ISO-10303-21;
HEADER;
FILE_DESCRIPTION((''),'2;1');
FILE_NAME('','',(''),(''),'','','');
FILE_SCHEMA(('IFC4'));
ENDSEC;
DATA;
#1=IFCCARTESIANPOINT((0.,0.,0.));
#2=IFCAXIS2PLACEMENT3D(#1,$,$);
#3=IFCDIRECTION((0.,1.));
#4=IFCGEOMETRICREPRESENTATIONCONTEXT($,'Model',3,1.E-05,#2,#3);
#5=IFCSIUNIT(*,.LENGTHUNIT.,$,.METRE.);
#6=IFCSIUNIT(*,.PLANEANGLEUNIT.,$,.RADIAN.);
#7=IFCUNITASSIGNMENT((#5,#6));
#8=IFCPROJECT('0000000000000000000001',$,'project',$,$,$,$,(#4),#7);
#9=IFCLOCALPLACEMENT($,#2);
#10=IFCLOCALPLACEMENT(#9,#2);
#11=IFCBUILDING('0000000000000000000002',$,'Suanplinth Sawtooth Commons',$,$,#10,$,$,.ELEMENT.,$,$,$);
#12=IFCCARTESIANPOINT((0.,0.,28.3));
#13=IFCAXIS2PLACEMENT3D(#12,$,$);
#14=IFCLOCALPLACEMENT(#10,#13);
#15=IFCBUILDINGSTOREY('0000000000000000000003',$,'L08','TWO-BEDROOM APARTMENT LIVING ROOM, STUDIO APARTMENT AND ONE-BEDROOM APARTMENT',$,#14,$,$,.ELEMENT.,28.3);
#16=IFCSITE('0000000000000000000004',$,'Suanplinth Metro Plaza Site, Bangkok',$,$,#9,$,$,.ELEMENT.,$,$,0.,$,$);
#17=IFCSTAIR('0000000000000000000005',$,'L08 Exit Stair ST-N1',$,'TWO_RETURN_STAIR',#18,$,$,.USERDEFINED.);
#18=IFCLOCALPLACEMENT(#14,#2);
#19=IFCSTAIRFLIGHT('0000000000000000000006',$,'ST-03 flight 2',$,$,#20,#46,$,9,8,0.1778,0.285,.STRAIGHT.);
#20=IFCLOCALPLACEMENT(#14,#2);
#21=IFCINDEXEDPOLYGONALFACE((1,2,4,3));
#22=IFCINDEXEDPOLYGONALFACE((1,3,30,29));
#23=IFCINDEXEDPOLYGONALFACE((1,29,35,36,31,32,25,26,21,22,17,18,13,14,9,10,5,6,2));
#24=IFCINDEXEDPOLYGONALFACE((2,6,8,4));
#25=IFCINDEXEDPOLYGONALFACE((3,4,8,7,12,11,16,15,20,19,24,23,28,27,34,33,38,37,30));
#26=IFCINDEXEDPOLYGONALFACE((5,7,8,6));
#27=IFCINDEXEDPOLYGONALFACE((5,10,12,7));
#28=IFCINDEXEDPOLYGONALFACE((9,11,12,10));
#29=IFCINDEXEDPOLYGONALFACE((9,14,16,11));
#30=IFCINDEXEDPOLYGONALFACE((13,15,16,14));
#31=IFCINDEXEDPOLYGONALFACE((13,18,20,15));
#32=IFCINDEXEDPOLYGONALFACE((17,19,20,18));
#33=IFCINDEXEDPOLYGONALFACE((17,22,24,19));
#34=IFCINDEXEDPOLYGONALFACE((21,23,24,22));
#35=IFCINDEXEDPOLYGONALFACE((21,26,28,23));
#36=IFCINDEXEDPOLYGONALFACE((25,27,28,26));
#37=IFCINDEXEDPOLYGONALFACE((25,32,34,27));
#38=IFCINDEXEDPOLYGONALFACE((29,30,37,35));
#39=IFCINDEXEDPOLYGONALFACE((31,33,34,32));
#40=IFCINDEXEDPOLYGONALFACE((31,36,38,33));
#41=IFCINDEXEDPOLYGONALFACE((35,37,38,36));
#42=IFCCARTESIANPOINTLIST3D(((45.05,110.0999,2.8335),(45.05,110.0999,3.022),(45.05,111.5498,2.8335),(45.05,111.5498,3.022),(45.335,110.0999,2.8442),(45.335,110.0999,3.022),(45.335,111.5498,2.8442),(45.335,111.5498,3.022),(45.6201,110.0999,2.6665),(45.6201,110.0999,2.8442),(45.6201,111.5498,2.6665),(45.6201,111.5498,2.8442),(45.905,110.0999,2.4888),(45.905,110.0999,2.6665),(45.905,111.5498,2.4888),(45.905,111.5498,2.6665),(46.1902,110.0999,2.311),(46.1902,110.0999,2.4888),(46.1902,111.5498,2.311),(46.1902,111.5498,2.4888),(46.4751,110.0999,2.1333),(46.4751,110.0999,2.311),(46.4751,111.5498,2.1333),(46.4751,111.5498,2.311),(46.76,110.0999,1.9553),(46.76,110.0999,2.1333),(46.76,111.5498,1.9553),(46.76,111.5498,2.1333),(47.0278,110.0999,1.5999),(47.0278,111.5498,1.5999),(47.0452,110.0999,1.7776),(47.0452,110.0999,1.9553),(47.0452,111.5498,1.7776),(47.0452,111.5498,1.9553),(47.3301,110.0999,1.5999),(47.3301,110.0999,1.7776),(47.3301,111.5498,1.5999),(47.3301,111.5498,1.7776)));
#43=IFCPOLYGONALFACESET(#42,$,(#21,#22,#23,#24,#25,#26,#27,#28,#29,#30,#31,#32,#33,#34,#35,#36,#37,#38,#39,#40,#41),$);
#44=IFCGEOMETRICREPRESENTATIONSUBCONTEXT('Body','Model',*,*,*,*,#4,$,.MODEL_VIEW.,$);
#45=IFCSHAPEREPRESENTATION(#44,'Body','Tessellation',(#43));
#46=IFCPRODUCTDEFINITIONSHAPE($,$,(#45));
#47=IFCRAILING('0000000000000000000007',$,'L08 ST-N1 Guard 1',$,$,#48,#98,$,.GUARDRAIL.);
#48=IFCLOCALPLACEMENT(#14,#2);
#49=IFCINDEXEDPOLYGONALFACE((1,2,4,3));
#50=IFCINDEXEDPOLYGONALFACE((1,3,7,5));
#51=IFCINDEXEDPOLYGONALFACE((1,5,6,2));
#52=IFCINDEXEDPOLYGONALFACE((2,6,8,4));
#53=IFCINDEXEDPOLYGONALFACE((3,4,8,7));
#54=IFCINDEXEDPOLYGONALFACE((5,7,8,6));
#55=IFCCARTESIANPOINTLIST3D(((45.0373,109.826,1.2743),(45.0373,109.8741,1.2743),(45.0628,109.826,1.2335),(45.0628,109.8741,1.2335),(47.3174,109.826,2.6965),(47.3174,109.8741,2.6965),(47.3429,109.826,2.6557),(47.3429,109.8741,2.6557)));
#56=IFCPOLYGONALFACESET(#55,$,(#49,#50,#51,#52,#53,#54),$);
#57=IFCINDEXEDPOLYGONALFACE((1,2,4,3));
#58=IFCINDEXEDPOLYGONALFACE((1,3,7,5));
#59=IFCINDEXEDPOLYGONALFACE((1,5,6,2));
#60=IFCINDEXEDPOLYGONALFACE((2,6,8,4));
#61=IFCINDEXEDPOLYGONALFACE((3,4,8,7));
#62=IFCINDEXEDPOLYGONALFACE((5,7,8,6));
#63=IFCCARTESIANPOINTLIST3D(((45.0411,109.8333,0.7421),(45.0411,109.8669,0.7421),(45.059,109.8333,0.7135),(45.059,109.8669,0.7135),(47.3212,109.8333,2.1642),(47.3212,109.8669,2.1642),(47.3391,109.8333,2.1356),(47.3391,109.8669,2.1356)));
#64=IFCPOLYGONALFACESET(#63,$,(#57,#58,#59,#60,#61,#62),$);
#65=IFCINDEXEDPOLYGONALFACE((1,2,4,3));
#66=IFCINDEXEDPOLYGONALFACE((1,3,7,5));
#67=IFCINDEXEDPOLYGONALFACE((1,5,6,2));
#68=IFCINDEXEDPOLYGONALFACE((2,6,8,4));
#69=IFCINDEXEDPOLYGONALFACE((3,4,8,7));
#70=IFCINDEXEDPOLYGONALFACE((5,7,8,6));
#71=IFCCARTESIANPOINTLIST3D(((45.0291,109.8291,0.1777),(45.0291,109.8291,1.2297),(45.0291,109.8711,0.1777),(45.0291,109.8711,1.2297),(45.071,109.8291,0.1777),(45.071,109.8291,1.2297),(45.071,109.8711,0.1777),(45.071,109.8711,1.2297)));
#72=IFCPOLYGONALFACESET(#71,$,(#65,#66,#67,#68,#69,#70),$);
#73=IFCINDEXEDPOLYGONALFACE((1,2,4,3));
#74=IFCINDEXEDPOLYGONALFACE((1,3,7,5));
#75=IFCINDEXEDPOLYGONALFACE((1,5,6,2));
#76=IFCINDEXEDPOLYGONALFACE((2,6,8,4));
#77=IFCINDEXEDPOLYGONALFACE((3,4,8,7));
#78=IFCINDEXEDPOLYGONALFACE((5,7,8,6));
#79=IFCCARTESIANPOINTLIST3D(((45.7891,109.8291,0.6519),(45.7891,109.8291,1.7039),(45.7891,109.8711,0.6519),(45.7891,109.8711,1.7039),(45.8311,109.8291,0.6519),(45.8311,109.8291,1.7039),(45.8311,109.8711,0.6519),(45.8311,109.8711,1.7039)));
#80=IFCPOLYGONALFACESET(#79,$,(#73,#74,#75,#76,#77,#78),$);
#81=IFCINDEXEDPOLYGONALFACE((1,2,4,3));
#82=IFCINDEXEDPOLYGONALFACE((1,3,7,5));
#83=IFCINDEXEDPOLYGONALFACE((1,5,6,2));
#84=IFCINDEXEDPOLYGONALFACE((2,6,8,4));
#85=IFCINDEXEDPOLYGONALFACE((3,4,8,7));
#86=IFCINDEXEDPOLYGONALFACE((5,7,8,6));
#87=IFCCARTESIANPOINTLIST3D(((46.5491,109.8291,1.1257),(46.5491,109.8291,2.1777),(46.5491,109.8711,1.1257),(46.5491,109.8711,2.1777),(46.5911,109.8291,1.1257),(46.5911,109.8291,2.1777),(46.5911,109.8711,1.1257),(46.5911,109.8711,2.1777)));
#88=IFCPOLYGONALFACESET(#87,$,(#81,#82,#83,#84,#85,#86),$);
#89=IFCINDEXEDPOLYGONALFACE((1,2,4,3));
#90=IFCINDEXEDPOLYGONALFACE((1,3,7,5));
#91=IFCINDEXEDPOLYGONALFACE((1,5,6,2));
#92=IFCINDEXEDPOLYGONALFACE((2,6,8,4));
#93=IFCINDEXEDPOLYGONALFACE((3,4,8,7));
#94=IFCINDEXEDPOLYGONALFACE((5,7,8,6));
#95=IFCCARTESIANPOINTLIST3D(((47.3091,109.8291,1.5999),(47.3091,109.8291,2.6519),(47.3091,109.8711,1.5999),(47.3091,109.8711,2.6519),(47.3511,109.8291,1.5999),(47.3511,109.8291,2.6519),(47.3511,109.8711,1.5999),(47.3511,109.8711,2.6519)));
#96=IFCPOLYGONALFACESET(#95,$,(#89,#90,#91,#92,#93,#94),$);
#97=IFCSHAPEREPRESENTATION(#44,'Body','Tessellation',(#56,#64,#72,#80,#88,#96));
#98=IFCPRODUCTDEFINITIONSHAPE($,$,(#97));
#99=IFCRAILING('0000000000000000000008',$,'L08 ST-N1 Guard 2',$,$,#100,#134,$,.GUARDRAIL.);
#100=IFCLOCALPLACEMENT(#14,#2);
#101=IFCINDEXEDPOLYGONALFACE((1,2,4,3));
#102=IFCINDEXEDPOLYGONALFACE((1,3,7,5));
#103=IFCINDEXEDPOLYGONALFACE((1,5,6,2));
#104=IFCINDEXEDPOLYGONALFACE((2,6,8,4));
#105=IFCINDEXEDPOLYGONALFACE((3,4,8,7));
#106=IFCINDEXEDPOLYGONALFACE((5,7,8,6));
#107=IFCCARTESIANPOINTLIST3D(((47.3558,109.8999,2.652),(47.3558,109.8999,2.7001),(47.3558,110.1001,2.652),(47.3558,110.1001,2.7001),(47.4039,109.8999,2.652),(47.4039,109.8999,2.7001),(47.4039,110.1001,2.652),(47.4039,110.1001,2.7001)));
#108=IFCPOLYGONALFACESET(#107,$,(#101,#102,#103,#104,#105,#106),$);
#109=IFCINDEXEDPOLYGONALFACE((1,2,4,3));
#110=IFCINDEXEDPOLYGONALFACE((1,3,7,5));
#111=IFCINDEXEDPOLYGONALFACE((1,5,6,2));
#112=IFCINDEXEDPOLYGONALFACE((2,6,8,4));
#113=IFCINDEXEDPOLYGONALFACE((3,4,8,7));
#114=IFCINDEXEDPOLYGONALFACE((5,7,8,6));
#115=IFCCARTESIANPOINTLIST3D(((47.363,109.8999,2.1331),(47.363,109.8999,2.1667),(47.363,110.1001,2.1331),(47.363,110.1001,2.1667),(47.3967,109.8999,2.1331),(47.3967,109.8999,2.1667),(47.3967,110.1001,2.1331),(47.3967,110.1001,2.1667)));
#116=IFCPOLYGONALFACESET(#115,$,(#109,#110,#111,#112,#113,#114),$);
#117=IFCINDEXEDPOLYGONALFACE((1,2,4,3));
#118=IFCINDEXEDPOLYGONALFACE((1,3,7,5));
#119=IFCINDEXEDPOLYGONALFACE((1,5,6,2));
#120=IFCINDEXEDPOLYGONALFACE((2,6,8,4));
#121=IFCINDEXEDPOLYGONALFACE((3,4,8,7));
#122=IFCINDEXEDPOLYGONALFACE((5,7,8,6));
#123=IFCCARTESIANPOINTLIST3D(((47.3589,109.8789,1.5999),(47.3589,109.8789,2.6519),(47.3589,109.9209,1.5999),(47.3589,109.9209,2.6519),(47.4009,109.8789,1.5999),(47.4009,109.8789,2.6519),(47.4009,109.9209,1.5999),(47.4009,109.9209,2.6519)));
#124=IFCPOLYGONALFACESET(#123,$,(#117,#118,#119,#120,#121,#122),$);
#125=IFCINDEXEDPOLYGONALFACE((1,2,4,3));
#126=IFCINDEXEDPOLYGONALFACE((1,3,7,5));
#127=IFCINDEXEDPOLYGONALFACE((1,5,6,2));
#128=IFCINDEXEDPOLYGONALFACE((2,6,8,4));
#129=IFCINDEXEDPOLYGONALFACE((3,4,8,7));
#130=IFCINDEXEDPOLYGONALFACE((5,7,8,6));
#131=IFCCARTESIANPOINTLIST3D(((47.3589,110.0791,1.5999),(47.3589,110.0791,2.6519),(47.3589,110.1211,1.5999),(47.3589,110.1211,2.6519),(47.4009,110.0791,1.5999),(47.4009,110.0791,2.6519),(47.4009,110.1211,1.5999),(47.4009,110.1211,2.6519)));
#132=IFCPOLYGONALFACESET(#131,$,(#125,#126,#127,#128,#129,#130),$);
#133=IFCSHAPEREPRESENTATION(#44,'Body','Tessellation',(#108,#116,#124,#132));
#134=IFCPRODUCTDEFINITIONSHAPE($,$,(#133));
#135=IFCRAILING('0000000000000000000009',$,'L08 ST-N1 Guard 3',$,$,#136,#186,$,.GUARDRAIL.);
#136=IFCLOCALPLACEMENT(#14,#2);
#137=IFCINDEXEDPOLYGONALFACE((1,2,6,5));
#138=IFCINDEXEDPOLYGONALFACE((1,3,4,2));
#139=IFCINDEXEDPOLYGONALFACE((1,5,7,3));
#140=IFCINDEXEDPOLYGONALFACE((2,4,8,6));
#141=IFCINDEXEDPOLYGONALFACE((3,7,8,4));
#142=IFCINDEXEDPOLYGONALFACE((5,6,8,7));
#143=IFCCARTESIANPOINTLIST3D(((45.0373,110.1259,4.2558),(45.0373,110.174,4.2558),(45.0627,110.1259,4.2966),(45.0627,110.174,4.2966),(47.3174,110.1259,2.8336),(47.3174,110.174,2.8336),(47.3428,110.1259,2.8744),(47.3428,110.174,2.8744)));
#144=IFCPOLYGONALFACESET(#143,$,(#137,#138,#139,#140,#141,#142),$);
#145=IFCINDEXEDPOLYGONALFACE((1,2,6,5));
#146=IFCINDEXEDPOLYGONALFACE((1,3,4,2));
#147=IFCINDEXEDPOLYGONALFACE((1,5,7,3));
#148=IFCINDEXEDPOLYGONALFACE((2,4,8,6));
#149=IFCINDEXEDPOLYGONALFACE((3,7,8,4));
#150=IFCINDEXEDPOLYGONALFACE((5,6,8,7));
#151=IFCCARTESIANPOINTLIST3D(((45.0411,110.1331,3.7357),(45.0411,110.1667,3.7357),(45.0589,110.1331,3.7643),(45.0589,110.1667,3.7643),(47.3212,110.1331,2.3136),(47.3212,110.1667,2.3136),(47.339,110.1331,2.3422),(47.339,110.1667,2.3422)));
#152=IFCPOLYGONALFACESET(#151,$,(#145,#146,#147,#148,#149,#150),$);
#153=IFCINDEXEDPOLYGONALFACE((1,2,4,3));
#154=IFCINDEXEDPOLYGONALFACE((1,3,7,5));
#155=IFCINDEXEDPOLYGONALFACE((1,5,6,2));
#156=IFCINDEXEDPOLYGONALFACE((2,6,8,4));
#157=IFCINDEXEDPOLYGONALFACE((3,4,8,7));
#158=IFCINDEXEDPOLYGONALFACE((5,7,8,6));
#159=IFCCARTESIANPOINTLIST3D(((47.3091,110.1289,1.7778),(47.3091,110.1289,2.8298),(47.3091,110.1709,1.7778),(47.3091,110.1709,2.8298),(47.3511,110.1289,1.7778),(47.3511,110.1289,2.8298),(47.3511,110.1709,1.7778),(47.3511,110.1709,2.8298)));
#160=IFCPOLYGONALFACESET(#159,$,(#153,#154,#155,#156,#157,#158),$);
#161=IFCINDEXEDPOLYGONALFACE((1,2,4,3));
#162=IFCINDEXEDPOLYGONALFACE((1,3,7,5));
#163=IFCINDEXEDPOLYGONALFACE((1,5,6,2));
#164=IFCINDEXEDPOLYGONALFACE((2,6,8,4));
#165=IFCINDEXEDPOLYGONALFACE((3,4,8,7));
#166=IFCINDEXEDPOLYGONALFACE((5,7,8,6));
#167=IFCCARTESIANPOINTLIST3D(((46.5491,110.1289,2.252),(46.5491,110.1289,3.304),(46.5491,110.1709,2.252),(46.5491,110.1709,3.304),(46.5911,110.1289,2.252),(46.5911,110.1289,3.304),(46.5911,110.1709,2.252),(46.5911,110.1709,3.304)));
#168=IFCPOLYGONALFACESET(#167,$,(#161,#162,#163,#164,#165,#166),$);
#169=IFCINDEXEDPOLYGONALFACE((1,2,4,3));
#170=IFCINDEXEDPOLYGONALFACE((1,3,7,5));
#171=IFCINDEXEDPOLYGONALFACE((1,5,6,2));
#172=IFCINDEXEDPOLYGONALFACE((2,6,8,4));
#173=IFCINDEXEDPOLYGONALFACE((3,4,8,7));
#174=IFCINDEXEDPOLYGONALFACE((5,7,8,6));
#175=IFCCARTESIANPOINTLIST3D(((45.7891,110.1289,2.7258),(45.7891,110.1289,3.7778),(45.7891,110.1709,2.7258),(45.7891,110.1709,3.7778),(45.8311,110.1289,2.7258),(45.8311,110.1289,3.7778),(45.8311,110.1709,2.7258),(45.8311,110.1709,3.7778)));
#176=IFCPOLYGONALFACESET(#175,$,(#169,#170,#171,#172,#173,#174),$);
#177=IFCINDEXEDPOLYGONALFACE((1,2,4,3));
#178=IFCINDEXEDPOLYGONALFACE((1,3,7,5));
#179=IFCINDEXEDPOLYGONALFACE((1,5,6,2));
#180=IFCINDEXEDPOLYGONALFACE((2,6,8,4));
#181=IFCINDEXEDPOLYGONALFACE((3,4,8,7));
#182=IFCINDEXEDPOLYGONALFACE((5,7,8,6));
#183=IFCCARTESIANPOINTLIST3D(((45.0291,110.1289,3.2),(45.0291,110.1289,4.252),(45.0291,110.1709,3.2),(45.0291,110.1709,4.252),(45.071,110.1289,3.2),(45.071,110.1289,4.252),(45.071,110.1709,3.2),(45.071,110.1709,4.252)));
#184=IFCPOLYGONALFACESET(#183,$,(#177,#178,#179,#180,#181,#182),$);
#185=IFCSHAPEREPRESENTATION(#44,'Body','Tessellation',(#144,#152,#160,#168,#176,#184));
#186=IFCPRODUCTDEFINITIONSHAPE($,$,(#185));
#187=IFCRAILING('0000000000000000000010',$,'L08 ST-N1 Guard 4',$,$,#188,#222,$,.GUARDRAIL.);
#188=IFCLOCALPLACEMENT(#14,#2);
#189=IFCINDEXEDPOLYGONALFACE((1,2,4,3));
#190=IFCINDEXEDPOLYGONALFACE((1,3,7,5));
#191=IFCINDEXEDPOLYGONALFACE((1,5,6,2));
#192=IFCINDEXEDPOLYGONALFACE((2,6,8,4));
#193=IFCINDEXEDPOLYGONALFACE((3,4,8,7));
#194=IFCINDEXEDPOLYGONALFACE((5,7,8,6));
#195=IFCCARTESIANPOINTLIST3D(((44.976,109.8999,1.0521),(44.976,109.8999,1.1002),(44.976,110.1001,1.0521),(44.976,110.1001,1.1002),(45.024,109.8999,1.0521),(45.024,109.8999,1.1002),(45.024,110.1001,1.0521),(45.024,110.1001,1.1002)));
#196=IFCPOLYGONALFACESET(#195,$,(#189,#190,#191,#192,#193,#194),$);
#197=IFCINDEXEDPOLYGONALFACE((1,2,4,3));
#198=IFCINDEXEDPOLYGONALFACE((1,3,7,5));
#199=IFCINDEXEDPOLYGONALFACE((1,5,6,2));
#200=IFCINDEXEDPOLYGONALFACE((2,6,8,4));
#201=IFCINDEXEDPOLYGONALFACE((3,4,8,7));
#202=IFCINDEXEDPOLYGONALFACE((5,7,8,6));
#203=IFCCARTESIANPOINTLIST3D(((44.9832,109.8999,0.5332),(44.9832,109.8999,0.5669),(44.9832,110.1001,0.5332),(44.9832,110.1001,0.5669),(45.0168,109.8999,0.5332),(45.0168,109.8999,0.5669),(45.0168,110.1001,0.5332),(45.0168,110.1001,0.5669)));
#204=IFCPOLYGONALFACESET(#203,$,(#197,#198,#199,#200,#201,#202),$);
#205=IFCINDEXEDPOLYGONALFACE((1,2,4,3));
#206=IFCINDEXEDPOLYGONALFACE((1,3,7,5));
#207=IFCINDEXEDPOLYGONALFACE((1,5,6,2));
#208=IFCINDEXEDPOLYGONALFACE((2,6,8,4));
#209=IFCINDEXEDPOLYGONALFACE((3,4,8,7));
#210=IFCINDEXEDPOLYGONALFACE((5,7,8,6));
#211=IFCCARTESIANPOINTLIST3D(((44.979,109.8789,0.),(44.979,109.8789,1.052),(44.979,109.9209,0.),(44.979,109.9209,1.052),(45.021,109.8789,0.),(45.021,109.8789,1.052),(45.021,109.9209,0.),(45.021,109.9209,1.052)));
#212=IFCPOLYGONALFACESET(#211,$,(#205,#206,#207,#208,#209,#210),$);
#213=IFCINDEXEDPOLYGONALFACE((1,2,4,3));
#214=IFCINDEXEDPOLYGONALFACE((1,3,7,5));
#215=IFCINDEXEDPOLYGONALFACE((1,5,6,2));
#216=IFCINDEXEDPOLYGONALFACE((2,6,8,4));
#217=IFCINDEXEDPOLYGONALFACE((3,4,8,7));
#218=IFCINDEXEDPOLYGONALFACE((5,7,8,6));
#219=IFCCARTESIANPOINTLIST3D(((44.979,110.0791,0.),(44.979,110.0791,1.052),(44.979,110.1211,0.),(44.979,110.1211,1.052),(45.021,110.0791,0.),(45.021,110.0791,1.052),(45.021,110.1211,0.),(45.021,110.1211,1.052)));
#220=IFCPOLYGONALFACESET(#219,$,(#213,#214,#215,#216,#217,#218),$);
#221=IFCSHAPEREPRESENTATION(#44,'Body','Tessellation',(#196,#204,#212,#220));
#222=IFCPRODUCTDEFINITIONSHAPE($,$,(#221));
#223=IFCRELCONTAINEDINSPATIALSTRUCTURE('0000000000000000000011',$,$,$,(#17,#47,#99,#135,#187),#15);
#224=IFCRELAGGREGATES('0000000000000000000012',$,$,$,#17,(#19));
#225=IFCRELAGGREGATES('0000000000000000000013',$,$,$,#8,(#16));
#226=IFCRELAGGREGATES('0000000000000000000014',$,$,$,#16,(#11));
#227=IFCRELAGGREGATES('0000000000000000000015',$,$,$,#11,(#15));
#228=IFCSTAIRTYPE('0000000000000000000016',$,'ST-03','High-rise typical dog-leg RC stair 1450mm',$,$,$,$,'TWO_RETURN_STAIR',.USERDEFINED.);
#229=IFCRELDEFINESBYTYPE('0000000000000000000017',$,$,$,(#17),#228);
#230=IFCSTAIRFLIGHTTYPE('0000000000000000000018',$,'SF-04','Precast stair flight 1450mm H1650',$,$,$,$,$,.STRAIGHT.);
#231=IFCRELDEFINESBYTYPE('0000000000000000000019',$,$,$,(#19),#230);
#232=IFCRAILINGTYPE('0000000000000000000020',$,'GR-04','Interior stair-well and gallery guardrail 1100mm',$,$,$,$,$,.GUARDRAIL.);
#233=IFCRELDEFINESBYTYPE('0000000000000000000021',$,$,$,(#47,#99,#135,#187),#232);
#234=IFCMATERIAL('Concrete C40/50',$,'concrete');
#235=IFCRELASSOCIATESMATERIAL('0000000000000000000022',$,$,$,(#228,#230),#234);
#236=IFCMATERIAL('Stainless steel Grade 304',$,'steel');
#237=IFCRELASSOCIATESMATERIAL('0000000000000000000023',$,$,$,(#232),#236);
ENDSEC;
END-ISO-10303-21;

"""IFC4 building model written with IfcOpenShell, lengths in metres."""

from ifc_helpers import new_model, si_unit, direction, frame, origin, origin_2d, place, context, subcontext, project, spatial, polyline, rectangle, outline, extrude, material, type_object, element, aggregate, save


model = new_model("IFC4")

# Units and contexts
model_context = context("Model", 3, precision=1e-05, world=origin(), true_north=direction((0.0, 1.0)))
body_context = subcontext(model_context, "Body", "Model", "MODEL_VIEW")
ifc_project = project(units=[si_unit("LENGTHUNIT", "METRE"), si_unit("PLANEANGLEUNIT", "RADIAN")], contexts=[model_context])

# Site, building, storey
site_placement = place(None, origin())
site = spatial("IfcSite", under=ifc_project, at=site_placement, Name="Suanplinth Metro Plaza Site, Bangkok", CompositionType="ELEMENT", RefElevation=0.0)
building_placement = place(site_placement, origin())
building = spatial("IfcBuilding", under=site, at=building_placement, Name="Suanplinth Sawtooth Commons", CompositionType="ELEMENT")
storey_placement = place(building_placement, frame((0.0, 0.0, 28.3)))
storey = spatial("IfcBuildingStorey", under=building, at=storey_placement, Name="L08", Description="TWO-BEDROOM APARTMENT LIVING ROOM, STUDIO APARTMENT AND ONE-BEDROOM APARTMENT", CompositionType="ELEMENT", Elevation=28.3)

# Shared definitions
ifc_material_1 = material(Name="Concrete C40/50", Category="concrete")

# Shared definitions
ifc_material_2 = material(Name="Stainless steel Grade 304", Category="steel")

# Stair, stair flight
stair_type = type_object("IfcStairType", Name="ST-03", Description="High-rise typical dog-leg RC stair 1450mm", ElementType="TWO_RETURN_STAIR", PredefinedType="USERDEFINED", material=ifc_material_1)
stair_placement = place(storey_placement, origin())
stair = element("IfcStair", 1, at=stair_placement, inside=storey, type_object=stair_type, Name="L08 Exit Stair ST-N1", ObjectType="TWO_RETURN_STAIR", PredefinedType="USERDEFINED")
stair_flight_type = type_object("IfcStairFlightType", Name="SF-04", Description="Precast stair flight 1450mm H1650", PredefinedType="STRAIGHT", material=ifc_material_1)
stair_flight_1_placement = place(storey_placement, frame((47.3301, 110.825, 1.5999), z_axis=(0.0, 0.0, 1.0), x_axis=(-1.0, 0.0, 0.0)))
stair_flight_1 = element("IfcStairFlight", 2, at=stair_flight_1_placement, type_object=stair_flight_type, Name="ST-03 flight 2", NumberOfRisers=9, NumberOfTreads=8, PredefinedType="STRAIGHT", RiserHeight=0.1778, TreadLength=0.285, context=body_context, shape_type="SweptSolid", body=[
    extrude(outline(polyline([(0.0, 0.0), (0.0, 0.1777), (0.2849, 0.1777), (0.2849, 0.3555), (0.5701, 0.3555), (0.5701, 0.5334), (0.855, 0.5334), (0.855, 0.7112), (1.1399, 0.7112), (1.1399, 0.8889), (1.425, 0.8889), (1.425, 1.0667), (1.71, 1.0667), (1.71, 1.2444), (1.9951, 1.2444), (1.9951, 1.4221), (2.28, 1.4221), (2.28, 1.6001), (2.28, 1.2336), (0.3022, 0.0), (0.0, 0.0)])), frame((0.0, 0.7251, 0.0), z_axis=(0.0, -1.0, 0.0), x_axis=(1.0, 0.0, 0.0)), (0.0, 0.0, 1.0), 1.45),
])
aggregate(stair, [stair_flight_1])

# Railings
railing_type_1 = type_object("IfcRailingType", Name="GR-04", Description="Interior stair-well and gallery guardrail 1100mm", PredefinedType="GUARDRAIL", material=ifc_material_2)
railing_1_placement = place(storey_placement, frame((45.05, 109.8501, 0.1777)))
element("IfcRailing", 3, at=railing_1_placement, inside=storey, type_object=railing_type_1, Name="L08 ST-N1 Guard 1", PredefinedType="GUARDRAIL", context=body_context, shape_type="SweptSolid", body=[
    extrude(rectangle(XDim=0.0481, YDim=0.0481, at=origin_2d()), frame((0.0, 0.0, 1.0762), z_axis=(0.848483, 0.0, 0.529223), x_axis=(0.0, 1.0, 0.0)), (0.0, 0.0, 1.0), 2.6873),
    extrude(rectangle(XDim=0.0337, YDim=0.0337, at=origin_2d()), frame((0.0, 0.0, 0.55), z_axis=(0.848483, 0.0, 0.529223), x_axis=(0.0, 1.0, 0.0)), (0.0, 0.0, 1.0), 2.6873),
    extrude(rectangle(XDim=0.042, YDim=0.042, at=origin_2d()), origin(), (0.0, 0.0, 1.0), 1.052),
    extrude(rectangle(XDim=0.042, YDim=0.042, at=origin_2d()), frame((0.76, 0.0, 0.4741)), (0.0, 0.0, 1.0), 1.052),
    extrude(rectangle(XDim=0.042, YDim=0.042, at=origin_2d()), frame((1.52, 0.0, 0.948)), (0.0, 0.0, 1.0), 1.052),
    extrude(rectangle(XDim=0.042, YDim=0.042, at=origin_2d()), frame((2.28, 0.0, 1.4221)), (0.0, 0.0, 1.0), 1.052),
])
railing_2_placement = place(storey_placement, frame((47.3799, 109.8999, 1.5999)))
element("IfcRailing", 4, at=railing_2_placement, inside=storey, type_object=railing_type_1, Name="L08 ST-N1 Guard 2", PredefinedType="GUARDRAIL", context=body_context, shape_type="SweptSolid", body=[
    extrude(rectangle(XDim=0.0481, YDim=0.0481, at=origin_2d()), frame((0.0, 0.0, 1.0762), z_axis=(0.0, 1.0, 0.0), x_axis=(-1.0, 0.0, 0.0)), (0.0, 0.0, 1.0), 0.2002),
    extrude(rectangle(XDim=0.0337, YDim=0.0337, at=origin_2d()), frame((0.0, 0.0, 0.55), z_axis=(0.0, 1.0, 0.0), x_axis=(-1.0, 0.0, 0.0)), (0.0, 0.0, 1.0), 0.2002),
    extrude(rectangle(XDim=0.042, YDim=0.042, at=origin_2d()), origin(), (0.0, 0.0, 1.0), 1.052),
    extrude(rectangle(XDim=0.042, YDim=0.042, at=origin_2d()), frame((0.0, 0.2002, 0.0)), (0.0, 0.0, 1.0), 1.052),
])
railing_3_placement = place(storey_placement, frame((47.3301, 110.1499, 1.7778)))
element("IfcRailing", 5, at=railing_3_placement, inside=storey, type_object=railing_type_1, Name="L08 ST-N1 Guard 3", PredefinedType="GUARDRAIL", context=body_context, shape_type="SweptSolid", body=[
    extrude(rectangle(XDim=0.0481, YDim=0.0481, at=origin_2d()), frame((0.0, 0.0, 1.0762), z_axis=(-0.848483, 0.0, 0.529223), x_axis=(0.0, -1.0, 0.0)), (0.0, 0.0, 1.0), 2.6873),
    extrude(rectangle(XDim=0.0337, YDim=0.0337, at=origin_2d()), frame((0.0, 0.0, 0.55), z_axis=(-0.848483, 0.0, 0.529223), x_axis=(0.0, -1.0, 0.0)), (0.0, 0.0, 1.0), 2.6873),
    extrude(rectangle(XDim=0.042, YDim=0.042, at=origin_2d()), origin(), (0.0, 0.0, 1.0), 1.052),
    extrude(rectangle(XDim=0.042, YDim=0.042, at=origin_2d()), frame((-0.76, 0.0, 0.4741)), (0.0, 0.0, 1.0), 1.052),
    extrude(rectangle(XDim=0.042, YDim=0.042, at=origin_2d()), frame((-1.52, 0.0, 0.948)), (0.0, 0.0, 1.0), 1.052),
    extrude(rectangle(XDim=0.042, YDim=0.042, at=origin_2d()), frame((-2.28, 0.0, 1.4221)), (0.0, 0.0, 1.0), 1.052),
])
railing_4_placement = place(storey_placement, frame((45.0, 109.8999, 0.0)))
element("IfcRailing", 6, at=railing_4_placement, inside=storey, type_object=railing_type_1, Name="L08 ST-N1 Guard 4", PredefinedType="GUARDRAIL", context=body_context, shape_type="SweptSolid", body=[
    extrude(rectangle(XDim=0.0481, YDim=0.0481, at=origin_2d()), frame((0.0, 0.0, 1.0762), z_axis=(0.0, 1.0, 0.0), x_axis=(-1.0, 0.0, 0.0)), (0.0, 0.0, 1.0), 0.2002),
    extrude(rectangle(XDim=0.0337, YDim=0.0337, at=origin_2d()), frame((0.0, 0.0, 0.55), z_axis=(0.0, 1.0, 0.0), x_axis=(-1.0, 0.0, 0.0)), (0.0, 0.0, 1.0), 0.2002),
    extrude(rectangle(XDim=0.042, YDim=0.042, at=origin_2d()), origin(), (0.0, 0.0, 1.0), 1.052),
    extrude(rectangle(XDim=0.042, YDim=0.042, at=origin_2d()), frame((0.0, 0.2002, 0.0)), (0.0, 0.0, 1.0), 1.052),
])

save(model, "model.ifc")
